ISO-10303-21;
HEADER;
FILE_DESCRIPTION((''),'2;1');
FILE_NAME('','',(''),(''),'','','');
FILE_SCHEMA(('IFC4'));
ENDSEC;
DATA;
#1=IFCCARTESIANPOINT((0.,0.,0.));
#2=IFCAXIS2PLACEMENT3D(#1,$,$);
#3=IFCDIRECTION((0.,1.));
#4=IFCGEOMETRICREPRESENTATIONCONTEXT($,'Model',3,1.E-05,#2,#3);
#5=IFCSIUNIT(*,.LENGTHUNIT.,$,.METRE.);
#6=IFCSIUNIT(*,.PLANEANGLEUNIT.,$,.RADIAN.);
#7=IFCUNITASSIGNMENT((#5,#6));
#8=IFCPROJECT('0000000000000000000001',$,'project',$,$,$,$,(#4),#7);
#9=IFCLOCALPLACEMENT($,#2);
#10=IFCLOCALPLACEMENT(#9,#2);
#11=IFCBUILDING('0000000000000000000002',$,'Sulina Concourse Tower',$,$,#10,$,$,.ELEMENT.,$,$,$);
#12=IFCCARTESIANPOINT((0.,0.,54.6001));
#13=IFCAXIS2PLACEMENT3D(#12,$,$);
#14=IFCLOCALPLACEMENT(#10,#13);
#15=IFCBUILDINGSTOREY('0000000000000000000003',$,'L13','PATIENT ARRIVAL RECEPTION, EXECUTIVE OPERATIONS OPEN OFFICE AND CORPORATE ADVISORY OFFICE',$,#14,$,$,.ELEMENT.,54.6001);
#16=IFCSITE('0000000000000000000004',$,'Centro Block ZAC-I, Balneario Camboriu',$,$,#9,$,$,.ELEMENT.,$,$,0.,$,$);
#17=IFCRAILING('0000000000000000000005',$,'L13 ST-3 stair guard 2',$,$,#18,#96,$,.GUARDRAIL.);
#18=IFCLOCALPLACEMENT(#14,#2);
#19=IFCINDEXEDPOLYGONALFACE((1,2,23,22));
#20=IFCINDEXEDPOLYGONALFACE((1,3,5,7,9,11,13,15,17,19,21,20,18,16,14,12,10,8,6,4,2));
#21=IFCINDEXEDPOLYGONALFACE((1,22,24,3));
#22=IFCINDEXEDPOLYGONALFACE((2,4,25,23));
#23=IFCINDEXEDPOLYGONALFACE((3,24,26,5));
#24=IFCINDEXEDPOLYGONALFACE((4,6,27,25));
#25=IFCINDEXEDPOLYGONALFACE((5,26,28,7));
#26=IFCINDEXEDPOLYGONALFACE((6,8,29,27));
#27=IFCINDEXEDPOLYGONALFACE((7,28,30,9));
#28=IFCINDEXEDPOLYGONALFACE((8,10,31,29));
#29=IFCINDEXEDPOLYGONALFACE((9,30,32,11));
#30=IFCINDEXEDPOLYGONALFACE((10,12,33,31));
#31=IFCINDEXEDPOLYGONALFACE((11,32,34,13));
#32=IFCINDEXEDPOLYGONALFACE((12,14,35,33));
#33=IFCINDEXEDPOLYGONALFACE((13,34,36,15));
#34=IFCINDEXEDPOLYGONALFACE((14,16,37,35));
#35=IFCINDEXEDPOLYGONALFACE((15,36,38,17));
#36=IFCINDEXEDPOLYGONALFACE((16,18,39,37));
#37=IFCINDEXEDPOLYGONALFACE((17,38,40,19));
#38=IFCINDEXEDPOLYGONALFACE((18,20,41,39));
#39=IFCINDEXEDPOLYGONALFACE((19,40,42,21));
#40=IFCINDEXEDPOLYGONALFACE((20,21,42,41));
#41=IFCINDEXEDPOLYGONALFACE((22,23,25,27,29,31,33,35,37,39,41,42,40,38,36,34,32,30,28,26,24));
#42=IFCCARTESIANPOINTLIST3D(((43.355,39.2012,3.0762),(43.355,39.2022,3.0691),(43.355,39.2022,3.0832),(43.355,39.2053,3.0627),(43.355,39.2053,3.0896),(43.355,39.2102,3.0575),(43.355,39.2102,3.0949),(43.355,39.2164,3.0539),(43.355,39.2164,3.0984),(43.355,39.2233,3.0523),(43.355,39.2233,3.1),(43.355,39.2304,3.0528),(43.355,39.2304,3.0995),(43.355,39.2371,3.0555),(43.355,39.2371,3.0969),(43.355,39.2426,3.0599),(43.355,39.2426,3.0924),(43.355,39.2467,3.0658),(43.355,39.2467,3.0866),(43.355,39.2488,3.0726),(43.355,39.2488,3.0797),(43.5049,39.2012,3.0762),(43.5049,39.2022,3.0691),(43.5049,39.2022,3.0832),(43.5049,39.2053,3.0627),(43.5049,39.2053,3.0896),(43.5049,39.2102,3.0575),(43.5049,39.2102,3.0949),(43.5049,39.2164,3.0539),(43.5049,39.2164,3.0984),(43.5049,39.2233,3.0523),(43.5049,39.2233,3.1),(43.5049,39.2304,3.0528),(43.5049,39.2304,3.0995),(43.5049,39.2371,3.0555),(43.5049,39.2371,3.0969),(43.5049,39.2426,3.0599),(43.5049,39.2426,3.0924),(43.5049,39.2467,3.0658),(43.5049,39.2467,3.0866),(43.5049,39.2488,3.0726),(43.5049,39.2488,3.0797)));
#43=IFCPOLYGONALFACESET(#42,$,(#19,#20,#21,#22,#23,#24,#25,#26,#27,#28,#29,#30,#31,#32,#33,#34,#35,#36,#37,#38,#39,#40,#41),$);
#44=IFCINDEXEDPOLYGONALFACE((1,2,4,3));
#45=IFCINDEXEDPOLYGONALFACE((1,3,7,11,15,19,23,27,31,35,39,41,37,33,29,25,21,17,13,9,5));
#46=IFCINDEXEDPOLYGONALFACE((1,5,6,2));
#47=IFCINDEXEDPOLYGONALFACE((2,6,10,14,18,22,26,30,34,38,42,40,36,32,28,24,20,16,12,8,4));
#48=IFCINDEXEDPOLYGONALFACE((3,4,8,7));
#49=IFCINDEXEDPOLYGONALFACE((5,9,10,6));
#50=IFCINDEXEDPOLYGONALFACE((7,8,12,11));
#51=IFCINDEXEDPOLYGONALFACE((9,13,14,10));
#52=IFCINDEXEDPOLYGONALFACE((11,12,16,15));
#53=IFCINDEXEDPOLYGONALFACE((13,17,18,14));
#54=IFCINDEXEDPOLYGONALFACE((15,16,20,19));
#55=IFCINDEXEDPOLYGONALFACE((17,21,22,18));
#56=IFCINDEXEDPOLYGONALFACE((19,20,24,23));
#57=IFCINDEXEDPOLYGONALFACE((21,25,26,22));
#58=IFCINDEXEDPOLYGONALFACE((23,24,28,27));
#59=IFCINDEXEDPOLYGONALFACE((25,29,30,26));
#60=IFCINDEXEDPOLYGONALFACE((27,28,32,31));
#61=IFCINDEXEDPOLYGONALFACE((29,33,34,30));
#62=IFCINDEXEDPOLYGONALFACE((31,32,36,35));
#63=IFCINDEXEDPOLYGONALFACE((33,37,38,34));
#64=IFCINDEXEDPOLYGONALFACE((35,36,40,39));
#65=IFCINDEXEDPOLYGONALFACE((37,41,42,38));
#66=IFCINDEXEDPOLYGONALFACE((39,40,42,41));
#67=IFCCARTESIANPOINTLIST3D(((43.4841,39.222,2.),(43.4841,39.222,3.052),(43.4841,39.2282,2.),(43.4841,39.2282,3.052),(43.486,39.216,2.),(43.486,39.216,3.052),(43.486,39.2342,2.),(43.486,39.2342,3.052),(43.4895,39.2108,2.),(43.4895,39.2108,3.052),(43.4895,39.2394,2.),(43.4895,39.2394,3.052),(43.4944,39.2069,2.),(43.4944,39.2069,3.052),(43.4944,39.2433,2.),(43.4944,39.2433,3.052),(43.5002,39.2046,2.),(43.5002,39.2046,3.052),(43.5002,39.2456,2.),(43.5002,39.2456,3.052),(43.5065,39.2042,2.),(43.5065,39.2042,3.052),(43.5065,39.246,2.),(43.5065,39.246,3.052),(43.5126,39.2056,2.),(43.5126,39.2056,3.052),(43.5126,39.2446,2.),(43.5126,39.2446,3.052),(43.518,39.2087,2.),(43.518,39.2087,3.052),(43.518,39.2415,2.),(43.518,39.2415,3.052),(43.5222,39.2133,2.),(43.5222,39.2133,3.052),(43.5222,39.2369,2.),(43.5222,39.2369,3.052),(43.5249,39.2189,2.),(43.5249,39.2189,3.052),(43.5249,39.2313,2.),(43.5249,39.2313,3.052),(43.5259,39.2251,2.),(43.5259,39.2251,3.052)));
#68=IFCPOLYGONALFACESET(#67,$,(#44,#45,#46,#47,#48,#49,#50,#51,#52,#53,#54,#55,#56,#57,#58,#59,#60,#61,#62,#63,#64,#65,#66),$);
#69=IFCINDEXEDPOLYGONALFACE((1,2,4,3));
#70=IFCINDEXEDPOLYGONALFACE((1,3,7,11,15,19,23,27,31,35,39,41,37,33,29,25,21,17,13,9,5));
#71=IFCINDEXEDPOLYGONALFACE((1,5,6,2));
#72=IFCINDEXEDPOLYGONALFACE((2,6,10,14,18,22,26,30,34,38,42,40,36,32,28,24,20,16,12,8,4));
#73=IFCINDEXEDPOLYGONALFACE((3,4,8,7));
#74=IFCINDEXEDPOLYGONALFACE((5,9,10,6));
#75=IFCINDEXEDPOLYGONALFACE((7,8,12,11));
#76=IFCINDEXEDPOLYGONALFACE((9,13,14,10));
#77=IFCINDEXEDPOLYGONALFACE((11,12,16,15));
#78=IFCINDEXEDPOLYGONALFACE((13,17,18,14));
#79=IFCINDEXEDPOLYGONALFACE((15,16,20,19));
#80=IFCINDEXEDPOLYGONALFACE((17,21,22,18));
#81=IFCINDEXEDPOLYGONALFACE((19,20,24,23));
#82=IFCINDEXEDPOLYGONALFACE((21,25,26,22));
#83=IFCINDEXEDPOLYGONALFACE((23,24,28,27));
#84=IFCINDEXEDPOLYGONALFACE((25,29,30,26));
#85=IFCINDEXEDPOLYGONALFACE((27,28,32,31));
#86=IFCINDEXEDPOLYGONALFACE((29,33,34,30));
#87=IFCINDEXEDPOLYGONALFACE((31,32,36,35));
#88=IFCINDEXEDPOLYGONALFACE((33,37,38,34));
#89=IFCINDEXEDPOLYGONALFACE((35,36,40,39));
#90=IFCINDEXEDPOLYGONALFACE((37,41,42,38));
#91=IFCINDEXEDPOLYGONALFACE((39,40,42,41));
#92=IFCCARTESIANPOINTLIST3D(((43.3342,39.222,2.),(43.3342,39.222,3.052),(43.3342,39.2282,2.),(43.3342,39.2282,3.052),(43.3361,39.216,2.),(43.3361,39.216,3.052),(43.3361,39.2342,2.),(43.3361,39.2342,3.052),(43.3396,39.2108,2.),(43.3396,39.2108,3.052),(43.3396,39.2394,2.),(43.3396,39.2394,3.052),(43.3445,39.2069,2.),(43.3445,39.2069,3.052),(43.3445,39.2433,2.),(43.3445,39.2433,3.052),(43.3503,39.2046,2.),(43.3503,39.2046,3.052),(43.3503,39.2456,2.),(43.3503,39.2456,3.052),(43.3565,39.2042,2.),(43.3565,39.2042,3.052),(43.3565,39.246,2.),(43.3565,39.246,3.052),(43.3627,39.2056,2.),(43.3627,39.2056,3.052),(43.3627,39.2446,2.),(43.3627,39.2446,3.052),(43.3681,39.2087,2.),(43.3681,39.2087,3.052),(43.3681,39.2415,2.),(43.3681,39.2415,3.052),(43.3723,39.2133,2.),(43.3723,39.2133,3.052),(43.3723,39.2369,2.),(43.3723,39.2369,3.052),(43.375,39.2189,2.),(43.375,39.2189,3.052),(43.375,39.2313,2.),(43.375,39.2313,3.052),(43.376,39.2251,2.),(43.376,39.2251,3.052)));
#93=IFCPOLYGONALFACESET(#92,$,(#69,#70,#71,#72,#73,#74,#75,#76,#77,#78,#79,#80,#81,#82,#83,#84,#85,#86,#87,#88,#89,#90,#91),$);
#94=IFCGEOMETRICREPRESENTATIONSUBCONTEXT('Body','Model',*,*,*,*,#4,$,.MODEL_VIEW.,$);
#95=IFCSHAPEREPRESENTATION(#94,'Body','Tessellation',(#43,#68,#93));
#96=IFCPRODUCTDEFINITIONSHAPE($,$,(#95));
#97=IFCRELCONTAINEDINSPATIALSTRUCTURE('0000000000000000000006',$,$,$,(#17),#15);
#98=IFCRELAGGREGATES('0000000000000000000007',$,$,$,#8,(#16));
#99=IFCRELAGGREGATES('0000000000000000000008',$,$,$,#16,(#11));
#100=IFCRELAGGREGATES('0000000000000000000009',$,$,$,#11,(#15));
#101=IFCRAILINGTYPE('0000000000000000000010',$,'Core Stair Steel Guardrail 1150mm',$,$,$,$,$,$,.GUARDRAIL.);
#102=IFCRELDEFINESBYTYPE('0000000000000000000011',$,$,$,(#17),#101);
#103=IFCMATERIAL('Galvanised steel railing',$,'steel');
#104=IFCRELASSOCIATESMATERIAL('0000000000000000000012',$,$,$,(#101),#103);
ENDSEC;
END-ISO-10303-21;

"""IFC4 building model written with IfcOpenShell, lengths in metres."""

from ifc_helpers import new_model, si_unit, direction, frame, origin, origin_2d, place, context, subcontext, project, spatial, circle, extrude, material, type_object, element, save


model = new_model("IFC4")

# Units and contexts
model_context = context("Model", 3, precision=1e-05, world=origin(), true_north=direction((0.0, 1.0)))
body_context = subcontext(model_context, "Body", "Model", "MODEL_VIEW")
ifc_project = project(units=[si_unit("LENGTHUNIT", "METRE"), si_unit("PLANEANGLEUNIT", "RADIAN")], contexts=[model_context])

# Site, building, storey
site_placement = place(None, origin())
site = spatial("IfcSite", under=ifc_project, at=site_placement, Name="Centro Block ZAC-I, Balneario Camboriu", CompositionType="ELEMENT", RefElevation=0.0)
building_placement = place(site_placement, origin())
building = spatial("IfcBuilding", under=site, at=building_placement, Name="Sulina Concourse Tower", CompositionType="ELEMENT")
storey_placement = place(building_placement, frame((0.0, 0.0, 54.6001)))
storey = spatial("IfcBuildingStorey", under=building, at=storey_placement, Name="L13", Description="PATIENT ARRIVAL RECEPTION, EXECUTIVE OPERATIONS OPEN OFFICE AND CORPORATE ADVISORY OFFICE", CompositionType="ELEMENT", Elevation=54.6001)

# Railing
ifc_material_1 = material(Name="Galvanised steel railing", Category="steel")
railing_type_1 = type_object("IfcRailingType", Name="Core Stair Steel Guardrail 1150mm", PredefinedType="GUARDRAIL", material=ifc_material_1)
railing_1_placement = place(storey_placement, frame((43.5049, 39.2251, 2.0)))
element("IfcRailing", 1, at=railing_1_placement, inside=storey, type_object=railing_type_1, Name="L13 ST-3 stair guard 2", PredefinedType="GUARDRAIL", context=body_context, shape_type="SweptSolid", body=[
    extrude(circle(Radius=0.0239, at=origin_2d()), frame((0.0, 0.0, 1.0762), z_axis=(-1.0, 0.0, 0.0), x_axis=(0.0, -1.0, 0.0)), (0.0, 0.0, 1.0), 0.1499),
    extrude(circle(Radius=0.021, at=origin_2d()), origin(), (0.0, 0.0, 1.0), 1.052),
    extrude(circle(Radius=0.021, at=origin_2d()), frame((-0.1499, 0.0, 0.0)), (0.0, 0.0, 1.0), 1.052),
])

save(model, "model.ifc")
